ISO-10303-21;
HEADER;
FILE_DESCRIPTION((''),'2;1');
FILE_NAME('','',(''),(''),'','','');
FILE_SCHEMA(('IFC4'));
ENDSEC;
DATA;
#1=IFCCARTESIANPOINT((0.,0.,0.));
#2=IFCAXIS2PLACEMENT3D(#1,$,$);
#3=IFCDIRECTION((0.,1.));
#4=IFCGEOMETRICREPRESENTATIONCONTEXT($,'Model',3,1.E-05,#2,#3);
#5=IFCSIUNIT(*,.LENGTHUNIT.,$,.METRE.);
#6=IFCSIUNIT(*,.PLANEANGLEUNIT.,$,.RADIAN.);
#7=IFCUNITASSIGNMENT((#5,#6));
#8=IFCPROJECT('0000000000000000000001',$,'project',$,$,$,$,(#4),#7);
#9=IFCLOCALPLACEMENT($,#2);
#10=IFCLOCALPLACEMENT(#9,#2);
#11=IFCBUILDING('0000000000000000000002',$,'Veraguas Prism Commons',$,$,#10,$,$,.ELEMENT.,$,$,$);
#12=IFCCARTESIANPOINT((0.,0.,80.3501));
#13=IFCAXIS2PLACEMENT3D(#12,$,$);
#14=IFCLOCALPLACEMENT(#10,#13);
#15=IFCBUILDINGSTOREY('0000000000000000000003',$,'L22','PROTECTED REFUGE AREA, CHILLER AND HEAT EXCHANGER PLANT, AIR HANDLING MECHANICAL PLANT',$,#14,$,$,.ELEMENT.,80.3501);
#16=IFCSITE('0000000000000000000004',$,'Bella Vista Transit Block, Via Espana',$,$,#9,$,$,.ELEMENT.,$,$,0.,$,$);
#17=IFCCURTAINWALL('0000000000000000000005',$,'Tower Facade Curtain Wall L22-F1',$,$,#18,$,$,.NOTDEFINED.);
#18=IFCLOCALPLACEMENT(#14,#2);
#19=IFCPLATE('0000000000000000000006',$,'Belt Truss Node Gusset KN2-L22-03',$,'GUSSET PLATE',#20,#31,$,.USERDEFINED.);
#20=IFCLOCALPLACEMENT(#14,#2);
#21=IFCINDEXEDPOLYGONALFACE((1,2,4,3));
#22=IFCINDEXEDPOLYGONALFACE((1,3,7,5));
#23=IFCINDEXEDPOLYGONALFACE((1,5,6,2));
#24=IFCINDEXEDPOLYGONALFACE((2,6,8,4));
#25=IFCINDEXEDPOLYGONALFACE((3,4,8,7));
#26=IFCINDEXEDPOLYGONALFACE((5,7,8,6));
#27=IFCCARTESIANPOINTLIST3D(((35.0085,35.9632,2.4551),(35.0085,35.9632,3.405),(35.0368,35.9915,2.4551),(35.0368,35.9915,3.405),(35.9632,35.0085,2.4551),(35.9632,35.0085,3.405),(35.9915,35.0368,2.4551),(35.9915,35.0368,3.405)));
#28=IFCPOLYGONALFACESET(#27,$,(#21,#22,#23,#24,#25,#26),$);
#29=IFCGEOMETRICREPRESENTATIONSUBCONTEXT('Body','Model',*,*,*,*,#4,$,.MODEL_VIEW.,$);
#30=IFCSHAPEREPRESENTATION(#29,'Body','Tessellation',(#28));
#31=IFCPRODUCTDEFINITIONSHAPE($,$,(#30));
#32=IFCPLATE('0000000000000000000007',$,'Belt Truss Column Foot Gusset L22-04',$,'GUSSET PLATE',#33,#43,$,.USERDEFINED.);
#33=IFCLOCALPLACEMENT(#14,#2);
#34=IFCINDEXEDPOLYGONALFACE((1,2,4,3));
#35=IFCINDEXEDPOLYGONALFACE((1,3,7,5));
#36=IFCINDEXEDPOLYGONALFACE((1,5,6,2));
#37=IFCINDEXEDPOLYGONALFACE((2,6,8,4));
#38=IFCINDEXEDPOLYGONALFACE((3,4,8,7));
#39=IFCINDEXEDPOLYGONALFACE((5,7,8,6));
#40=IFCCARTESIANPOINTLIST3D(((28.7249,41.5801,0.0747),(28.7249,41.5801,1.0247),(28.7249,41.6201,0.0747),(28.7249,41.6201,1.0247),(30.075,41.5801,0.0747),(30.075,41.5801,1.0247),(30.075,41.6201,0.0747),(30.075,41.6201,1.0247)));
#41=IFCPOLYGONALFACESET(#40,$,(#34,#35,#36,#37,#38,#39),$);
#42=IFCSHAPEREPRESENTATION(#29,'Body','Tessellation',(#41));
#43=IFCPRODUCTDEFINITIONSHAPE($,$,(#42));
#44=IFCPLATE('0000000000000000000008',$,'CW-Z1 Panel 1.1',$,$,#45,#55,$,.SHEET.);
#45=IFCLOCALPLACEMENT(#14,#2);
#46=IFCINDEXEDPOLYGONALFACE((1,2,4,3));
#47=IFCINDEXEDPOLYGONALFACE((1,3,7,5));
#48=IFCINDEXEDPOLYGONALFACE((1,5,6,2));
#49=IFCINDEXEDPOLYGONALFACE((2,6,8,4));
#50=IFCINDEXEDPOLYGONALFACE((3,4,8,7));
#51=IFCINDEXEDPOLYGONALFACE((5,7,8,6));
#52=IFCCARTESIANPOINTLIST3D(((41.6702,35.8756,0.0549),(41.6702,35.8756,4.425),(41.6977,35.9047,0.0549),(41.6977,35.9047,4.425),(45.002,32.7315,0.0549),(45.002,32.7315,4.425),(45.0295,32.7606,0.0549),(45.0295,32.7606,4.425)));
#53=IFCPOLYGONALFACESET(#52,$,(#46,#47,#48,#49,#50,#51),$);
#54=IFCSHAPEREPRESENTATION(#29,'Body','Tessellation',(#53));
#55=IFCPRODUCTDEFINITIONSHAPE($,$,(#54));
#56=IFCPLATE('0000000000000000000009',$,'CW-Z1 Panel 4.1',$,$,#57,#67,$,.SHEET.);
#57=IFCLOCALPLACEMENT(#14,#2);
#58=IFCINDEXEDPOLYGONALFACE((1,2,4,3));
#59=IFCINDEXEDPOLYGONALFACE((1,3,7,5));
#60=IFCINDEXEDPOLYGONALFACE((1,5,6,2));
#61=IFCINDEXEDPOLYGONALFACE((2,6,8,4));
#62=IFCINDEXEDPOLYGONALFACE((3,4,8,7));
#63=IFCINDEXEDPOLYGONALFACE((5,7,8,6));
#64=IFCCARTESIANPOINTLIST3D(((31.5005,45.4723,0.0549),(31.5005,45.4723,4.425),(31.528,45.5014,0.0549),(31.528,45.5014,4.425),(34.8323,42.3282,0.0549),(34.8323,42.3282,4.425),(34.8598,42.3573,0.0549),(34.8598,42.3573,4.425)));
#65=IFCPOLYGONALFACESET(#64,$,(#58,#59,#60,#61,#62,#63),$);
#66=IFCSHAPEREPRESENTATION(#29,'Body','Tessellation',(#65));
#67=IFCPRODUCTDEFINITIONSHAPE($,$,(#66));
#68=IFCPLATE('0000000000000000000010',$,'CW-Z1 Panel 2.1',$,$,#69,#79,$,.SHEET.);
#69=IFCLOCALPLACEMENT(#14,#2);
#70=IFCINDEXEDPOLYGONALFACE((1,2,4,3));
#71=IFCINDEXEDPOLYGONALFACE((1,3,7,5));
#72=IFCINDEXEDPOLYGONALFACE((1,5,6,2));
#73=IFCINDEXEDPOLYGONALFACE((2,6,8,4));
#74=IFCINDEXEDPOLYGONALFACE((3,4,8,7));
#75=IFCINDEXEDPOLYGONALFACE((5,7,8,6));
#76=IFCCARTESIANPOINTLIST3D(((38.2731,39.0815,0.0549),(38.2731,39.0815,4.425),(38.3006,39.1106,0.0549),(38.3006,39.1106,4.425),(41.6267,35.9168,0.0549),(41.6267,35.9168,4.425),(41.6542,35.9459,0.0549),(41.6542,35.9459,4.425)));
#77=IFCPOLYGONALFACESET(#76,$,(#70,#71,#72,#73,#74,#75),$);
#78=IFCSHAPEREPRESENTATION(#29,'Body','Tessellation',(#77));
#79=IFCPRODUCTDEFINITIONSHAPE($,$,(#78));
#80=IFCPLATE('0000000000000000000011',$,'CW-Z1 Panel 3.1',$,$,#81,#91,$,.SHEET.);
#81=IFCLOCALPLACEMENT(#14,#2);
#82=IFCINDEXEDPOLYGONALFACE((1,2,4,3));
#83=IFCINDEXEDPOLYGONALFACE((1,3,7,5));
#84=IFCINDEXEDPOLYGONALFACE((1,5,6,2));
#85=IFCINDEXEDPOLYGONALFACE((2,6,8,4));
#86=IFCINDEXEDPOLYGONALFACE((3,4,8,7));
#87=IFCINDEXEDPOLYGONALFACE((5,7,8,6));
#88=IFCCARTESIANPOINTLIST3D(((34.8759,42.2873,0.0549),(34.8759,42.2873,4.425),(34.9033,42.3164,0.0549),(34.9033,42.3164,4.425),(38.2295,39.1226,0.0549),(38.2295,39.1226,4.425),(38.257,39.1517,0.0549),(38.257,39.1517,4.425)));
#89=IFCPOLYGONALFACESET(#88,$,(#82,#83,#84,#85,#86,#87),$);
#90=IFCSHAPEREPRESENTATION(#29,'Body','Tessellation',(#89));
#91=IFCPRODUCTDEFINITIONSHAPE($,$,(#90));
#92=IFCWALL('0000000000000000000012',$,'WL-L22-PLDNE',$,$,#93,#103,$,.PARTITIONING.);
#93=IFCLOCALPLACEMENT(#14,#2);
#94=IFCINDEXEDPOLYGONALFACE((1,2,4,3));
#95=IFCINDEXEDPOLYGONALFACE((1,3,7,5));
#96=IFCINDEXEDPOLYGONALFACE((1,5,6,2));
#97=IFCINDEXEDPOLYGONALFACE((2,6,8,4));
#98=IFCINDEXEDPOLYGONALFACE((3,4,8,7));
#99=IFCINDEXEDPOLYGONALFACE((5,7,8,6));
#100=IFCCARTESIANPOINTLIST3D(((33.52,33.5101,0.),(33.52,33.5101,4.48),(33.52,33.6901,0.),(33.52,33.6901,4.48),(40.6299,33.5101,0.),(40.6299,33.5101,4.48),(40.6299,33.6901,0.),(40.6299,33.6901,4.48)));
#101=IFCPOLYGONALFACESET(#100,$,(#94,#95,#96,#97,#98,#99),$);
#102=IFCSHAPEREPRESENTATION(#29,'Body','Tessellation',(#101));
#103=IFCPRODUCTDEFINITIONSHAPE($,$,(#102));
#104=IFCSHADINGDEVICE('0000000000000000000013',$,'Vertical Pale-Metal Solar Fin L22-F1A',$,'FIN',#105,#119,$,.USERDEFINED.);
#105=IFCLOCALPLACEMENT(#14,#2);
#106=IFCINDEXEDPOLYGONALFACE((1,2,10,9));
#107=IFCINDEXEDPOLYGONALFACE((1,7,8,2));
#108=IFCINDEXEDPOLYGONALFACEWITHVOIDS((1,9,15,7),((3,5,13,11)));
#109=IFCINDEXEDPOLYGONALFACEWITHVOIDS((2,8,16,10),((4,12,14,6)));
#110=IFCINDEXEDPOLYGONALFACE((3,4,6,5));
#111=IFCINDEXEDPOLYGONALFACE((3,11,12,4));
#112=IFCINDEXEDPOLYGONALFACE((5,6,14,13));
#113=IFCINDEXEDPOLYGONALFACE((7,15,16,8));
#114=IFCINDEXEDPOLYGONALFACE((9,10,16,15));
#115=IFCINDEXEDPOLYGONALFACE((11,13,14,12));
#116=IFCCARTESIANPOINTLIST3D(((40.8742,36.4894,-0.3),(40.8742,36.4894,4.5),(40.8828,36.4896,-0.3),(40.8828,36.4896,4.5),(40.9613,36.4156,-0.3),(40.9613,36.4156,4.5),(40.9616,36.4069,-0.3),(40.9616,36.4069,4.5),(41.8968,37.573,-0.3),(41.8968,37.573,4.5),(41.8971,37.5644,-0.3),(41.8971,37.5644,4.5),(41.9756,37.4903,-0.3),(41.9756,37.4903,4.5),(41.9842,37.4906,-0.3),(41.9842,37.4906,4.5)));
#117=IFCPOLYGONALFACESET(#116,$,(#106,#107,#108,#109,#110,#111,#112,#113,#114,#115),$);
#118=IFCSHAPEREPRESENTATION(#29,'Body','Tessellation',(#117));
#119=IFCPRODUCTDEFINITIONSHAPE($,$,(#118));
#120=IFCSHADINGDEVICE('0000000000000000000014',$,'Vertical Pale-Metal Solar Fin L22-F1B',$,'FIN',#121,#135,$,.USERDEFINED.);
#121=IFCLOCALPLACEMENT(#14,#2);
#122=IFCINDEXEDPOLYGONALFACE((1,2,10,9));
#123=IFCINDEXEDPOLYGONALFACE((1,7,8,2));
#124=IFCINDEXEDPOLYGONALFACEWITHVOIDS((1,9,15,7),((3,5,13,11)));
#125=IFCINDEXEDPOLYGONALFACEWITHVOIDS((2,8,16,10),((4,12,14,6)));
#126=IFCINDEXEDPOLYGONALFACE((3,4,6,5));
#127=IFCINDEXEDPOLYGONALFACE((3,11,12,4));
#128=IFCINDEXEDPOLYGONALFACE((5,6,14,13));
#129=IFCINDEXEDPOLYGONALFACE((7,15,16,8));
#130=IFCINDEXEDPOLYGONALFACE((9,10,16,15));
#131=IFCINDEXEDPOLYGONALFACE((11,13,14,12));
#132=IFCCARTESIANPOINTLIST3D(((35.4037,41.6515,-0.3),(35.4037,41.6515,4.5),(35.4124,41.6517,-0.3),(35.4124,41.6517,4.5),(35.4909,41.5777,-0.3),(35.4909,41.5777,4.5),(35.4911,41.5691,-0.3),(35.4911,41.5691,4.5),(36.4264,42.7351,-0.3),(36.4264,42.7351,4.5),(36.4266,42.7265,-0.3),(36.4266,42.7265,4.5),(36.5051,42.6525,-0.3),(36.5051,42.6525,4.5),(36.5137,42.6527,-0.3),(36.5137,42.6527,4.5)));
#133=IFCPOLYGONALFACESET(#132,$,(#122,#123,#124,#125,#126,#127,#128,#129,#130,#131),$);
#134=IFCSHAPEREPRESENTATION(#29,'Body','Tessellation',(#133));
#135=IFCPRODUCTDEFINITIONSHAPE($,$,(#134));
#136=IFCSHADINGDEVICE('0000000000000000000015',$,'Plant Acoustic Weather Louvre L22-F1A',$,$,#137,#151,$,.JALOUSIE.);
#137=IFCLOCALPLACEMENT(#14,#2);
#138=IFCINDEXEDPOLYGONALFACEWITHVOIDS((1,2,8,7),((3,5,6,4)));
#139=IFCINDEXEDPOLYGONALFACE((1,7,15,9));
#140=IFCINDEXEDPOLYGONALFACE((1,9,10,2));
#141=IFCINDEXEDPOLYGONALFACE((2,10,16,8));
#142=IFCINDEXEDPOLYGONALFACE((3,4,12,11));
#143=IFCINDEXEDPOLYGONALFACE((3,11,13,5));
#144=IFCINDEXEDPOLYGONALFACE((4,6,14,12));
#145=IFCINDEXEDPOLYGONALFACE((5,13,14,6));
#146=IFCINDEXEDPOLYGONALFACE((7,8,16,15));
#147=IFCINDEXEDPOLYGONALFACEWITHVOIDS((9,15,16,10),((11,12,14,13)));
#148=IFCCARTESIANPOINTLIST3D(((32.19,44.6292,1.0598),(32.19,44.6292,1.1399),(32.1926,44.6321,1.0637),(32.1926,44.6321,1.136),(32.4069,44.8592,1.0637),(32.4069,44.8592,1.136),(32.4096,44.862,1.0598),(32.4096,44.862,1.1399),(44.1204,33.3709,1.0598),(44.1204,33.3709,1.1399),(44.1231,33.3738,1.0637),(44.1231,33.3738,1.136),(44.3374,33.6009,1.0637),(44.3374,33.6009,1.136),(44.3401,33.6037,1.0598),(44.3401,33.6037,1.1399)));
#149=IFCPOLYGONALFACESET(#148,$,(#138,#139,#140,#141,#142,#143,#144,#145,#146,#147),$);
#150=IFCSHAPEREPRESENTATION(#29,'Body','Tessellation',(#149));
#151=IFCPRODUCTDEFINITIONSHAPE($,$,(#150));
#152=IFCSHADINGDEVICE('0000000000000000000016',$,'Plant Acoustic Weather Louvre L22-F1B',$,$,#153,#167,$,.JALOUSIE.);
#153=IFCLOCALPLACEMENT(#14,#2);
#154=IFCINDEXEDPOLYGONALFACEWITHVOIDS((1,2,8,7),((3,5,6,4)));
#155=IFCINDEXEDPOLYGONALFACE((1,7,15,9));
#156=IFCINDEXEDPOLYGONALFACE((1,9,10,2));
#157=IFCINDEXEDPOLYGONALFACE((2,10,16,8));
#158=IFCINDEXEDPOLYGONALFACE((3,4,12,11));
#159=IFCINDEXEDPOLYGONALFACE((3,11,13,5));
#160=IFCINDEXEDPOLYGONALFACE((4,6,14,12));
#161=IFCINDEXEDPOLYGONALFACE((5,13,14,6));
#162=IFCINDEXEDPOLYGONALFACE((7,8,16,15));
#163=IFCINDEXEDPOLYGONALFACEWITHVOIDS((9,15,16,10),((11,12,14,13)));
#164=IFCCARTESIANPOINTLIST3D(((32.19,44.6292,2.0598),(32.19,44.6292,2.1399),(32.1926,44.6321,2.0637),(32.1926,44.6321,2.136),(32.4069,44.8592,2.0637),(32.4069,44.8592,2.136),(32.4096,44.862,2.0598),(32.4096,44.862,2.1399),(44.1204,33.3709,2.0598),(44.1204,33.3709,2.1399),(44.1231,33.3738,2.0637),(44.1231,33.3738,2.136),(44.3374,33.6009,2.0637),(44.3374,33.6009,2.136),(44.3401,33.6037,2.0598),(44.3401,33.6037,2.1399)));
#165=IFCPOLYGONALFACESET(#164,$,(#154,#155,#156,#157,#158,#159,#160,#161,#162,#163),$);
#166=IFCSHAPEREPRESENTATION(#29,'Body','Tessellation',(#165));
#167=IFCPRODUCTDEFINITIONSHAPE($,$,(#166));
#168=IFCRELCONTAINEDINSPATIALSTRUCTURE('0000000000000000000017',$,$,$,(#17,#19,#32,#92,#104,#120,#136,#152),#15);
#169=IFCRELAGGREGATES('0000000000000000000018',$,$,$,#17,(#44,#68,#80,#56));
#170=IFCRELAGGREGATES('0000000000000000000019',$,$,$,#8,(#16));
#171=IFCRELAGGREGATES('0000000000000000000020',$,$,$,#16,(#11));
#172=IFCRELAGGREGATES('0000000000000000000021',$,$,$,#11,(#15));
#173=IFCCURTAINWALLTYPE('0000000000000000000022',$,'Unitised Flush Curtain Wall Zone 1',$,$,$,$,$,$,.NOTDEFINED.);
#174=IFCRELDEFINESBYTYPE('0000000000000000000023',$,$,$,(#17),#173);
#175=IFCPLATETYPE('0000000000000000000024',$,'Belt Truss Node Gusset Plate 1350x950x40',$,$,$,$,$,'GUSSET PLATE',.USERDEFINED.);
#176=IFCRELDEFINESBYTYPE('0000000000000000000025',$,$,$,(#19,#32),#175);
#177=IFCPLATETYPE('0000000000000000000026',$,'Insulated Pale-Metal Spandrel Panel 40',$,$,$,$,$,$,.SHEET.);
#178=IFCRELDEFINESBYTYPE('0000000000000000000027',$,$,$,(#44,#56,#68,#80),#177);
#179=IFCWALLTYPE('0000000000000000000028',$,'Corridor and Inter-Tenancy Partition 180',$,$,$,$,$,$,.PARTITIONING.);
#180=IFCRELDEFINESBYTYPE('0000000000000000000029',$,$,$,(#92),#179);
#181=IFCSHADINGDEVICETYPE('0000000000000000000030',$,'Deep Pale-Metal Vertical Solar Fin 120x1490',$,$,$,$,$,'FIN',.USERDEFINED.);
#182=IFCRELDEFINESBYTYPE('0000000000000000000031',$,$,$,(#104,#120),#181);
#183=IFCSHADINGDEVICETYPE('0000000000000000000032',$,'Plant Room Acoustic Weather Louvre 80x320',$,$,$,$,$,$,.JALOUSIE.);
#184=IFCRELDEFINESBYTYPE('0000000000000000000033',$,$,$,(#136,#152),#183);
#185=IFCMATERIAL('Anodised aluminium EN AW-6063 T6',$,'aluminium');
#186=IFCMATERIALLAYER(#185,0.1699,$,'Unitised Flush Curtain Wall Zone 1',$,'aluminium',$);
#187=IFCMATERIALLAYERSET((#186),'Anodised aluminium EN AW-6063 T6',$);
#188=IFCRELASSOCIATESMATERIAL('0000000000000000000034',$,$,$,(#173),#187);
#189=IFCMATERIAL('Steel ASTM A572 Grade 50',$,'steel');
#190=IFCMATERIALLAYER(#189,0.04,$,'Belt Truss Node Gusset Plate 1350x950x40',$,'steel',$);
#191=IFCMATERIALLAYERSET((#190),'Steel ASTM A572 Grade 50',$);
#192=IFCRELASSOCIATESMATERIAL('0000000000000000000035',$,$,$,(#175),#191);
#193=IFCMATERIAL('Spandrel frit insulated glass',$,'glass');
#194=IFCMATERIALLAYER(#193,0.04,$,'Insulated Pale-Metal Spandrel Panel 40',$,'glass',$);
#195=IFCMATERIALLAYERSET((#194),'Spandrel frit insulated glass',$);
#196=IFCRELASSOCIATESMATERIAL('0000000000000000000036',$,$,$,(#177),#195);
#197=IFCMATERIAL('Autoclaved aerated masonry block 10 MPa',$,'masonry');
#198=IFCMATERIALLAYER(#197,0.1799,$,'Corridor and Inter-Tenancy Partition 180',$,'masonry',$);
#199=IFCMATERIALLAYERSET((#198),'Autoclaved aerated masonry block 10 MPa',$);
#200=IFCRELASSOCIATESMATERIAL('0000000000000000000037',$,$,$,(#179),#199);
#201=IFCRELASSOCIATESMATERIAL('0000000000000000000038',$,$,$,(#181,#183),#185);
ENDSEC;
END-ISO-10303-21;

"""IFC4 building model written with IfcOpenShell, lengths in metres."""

from ifc_helpers import new_model, si_unit, direction, frame, frame_2d, origin, origin_2d, place, context, subcontext, project, spatial, rectangle, hollow_rectangle, extrude, source, transform, mapped, material, layer, layer_set, material_profile, profile_set, type_object, element, aggregate, save


model = new_model("IFC4")

# Units and contexts
model_context = context("Model", 3, precision=1e-05, world=origin(), true_north=direction((0.0, 1.0)))
body_context = subcontext(model_context, "Body", "Model", "MODEL_VIEW")
ifc_project = project(units=[si_unit("LENGTHUNIT", "METRE"), si_unit("PLANEANGLEUNIT", "RADIAN")], contexts=[model_context])

# Site, building, storey
site_placement = place(None, origin())
site = spatial("IfcSite", under=ifc_project, at=site_placement, Name="Bella Vista Transit Block, Via Espana", CompositionType="ELEMENT", RefElevation=0.0)
building_placement = place(site_placement, origin())
building = spatial("IfcBuilding", under=site, at=building_placement, Name="Veraguas Prism Commons", CompositionType="ELEMENT")
storey_placement = place(building_placement, frame((0.0, 0.0, 80.3501)))
storey = spatial("IfcBuildingStorey", under=building, at=storey_placement, Name="L22", Description="PROTECTED REFUGE AREA, CHILLER AND HEAT EXCHANGER PLANT, AIR HANDLING MECHANICAL PLANT", CompositionType="ELEMENT", Elevation=80.3501)

# Curtain wall
ifc_material_1 = material(Name="Anodised aluminium EN AW-6063 T6", Category="aluminium")
ifc_layer_1 = layer(ifc_material_1, 0.1699, Name="Unitised Flush Curtain Wall Zone 1", Category="aluminium")
ifc_layer_set_1 = layer_set([ifc_layer_1], Name="Anodised aluminium EN AW-6063 T6")
curtain_wall_type = type_object("IfcCurtainWallType", Name="Unitised Flush Curtain Wall Zone 1", PredefinedType="NOTDEFINED", material=ifc_layer_set_1)
curtain_wall_1_placement = place(storey_placement, origin())
curtain_wall_1 = element("IfcCurtainWall", 1, at=curtain_wall_1_placement, inside=storey, type_object=curtain_wall_type, Name="Tower Facade Curtain Wall L22-F1", PredefinedType="NOTDEFINED")

# Plates
ifc_material_2 = material(Name="Steel ASTM A572 Grade 50", Category="steel")
ifc_layer_2 = layer(ifc_material_2, 0.04, Name="Belt Truss Node Gusset Plate 1350x950x40", Category="steel")
ifc_layer_set_2 = layer_set([ifc_layer_2], Name="Steel ASTM A572 Grade 50")
plate_type_1 = type_object("IfcPlateType", Name="Belt Truss Node Gusset Plate 1350x950x40", ElementType="GUSSET PLATE", PredefinedType="USERDEFINED", material=ifc_layer_set_2)
shared_shape_1 = source(origin(), body_context, "Body", "SweptSolid", [
    extrude(rectangle(XDim=1.3501, YDim=0.04, at=origin_2d()), origin(), (0.0, 0.0, 1.0), 0.95),
])
for number, where, z_axis, x_axis, name in (
    (2, (35.5, 35.5, 2.4551), (0.0, 0.0, 1.0), (-0.707107, 0.707107, 0.0), "Belt Truss Node Gusset KN2-L22-03"),
    (3, (29.3999, 41.6001, 0.0747), (0.0, 0.0, 1.0), (-1.0, 0.0, 0.0), "Belt Truss Column Foot Gusset L22-04"),
):
    element("IfcPlate", number, at=place(storey_placement, frame(where, z_axis=z_axis, x_axis=x_axis)), inside=storey, type_object=plate_type_1, Name=name, ObjectType="GUSSET PLATE", PredefinedType="USERDEFINED", context=body_context, shape_type="MappedRepresentation", body=[
        mapped(shared_shape_1, transform((0.0, 0.0, 0.0), scale=1.0)),
    ])

# Plates
ifc_material_3 = material(Name="Spandrel frit insulated glass", Category="glass")
ifc_layer_3 = layer(ifc_material_3, 0.04, Name="Insulated Pale-Metal Spandrel Panel 40", Category="glass")
ifc_layer_set_3 = layer_set([ifc_layer_3], Name="Spandrel frit insulated glass")
plate_type_2 = type_object("IfcPlateType", Name="Insulated Pale-Metal Spandrel Panel 40", PredefinedType="SHEET", material=ifc_layer_set_3)
shared_shape_2 = source(origin(), body_context, "Body", "SweptSolid", [
    extrude(rectangle(XDim=4.5811, YDim=0.04, at=origin_2d()), origin(), (0.0, 0.0, 1.0), 4.3701),
])
plate_1_placement = place(storey_placement, frame((43.3499, 34.3181, 0.0549), z_axis=(0.0, 0.0, 1.0), x_axis=(-0.727295, 0.686325, 0.0)))
plate_1 = element("IfcPlate", 4, at=plate_1_placement, type_object=plate_type_2, Name="CW-Z1 Panel 1.1", PredefinedType="SHEET", context=body_context, shape_type="MappedRepresentation", body=[
    mapped(shared_shape_2, transform((0.0, 0.0, 0.0), scale=1.0)),
])
plate_2_placement = place(storey_placement, frame((33.1802, 43.9148, 0.0549), z_axis=(0.0, 0.0, 1.0), x_axis=(-0.727295, 0.686325, 0.0)))
plate_2 = element("IfcPlate", 5, at=plate_2_placement, type_object=plate_type_2, Name="CW-Z1 Panel 4.1", PredefinedType="SHEET", context=body_context, shape_type="MappedRepresentation", body=[
    mapped(shared_shape_2, transform((0.0, 0.0, 0.0), scale=1.0)),
])
shared_shape_3 = source(origin(), body_context, "Body", "SweptSolid", [
    extrude(rectangle(XDim=4.6111, YDim=0.04, at=origin_2d()), origin(), (0.0, 0.0, 1.0), 4.3701),
])
plate_3_placement = place(storey_placement, frame((39.9636, 37.5137, 0.0549), z_axis=(0.0, 0.0, 1.0), x_axis=(-0.727295, 0.686325, 0.0)))
plate_3 = element("IfcPlate", 6, at=plate_3_placement, type_object=plate_type_2, Name="CW-Z1 Panel 2.1", PredefinedType="SHEET", context=body_context, shape_type="MappedRepresentation", body=[
    mapped(shared_shape_3, transform((0.0, 0.0, 0.0), scale=1.0)),
])
plate_4_placement = place(storey_placement, frame((36.5664, 40.7195, 0.0549), z_axis=(0.0, 0.0, 1.0), x_axis=(-0.727295, 0.686325, 0.0)))
plate_4 = element("IfcPlate", 7, at=plate_4_placement, type_object=plate_type_2, Name="CW-Z1 Panel 3.1", PredefinedType="SHEET", context=body_context, shape_type="MappedRepresentation", body=[
    mapped(shared_shape_3, transform((0.0, 0.0, 0.0), scale=1.0)),
])
aggregate(curtain_wall_1, [plate_1, plate_3, plate_4, plate_2])

# Wall
ifc_material_4 = material(Name="Autoclaved aerated masonry block 10 MPa", Category="masonry")
ifc_layer_4 = layer(ifc_material_4, 0.1799, Name="Corridor and Inter-Tenancy Partition 180", Category="masonry")
ifc_layer_set_4 = layer_set([ifc_layer_4], Name="Autoclaved aerated masonry block 10 MPa")
wall_type = type_object("IfcWallType", Name="Corridor and Inter-Tenancy Partition 180", PredefinedType="PARTITIONING", material=ifc_layer_set_4)
wall_placement = place(storey_placement, frame((33.52, 33.6001, 0.0), z_axis=(0.0, 0.0, 1.0), x_axis=(1.0, 0.0, 0.0)))
element("IfcWall", 8, at=wall_placement, inside=storey, type_object=wall_type, Name="WL-L22-PLDNE", PredefinedType="PARTITIONING", context=body_context, shape_type="SweptSolid", body=[
    extrude(rectangle(XDim=7.1099, YDim=0.1799, at=frame_2d((3.5549, 0.0))), origin(), (0.0, 0.0, 1.0), 4.48),
])

# Shading devices
ifc_material_profile_1 = material_profile(ifc_material_1, hollow_rectangle(XDim=0.1201, YDim=1.49, WallThickness=0.0061, at=origin_2d()), Name="FIN120X1490X6")
ifc_profile_set_1 = profile_set([ifc_material_profile_1], Name="Anodised aluminium EN AW-6063 T6")
shading_device_type_1 = type_object("IfcShadingDeviceType", Name="Deep Pale-Metal Vertical Solar Fin 120x1490", ElementType="FIN", PredefinedType="USERDEFINED", material=ifc_profile_set_1)
for number, where, z_axis, x_axis, name in (
    (9, (41.4292, 36.99, -0.3), (0.0, 0.0, 1.0), (-0.727293, 0.686328, 0.0), "Vertical Pale-Metal Solar Fin L22-F1A"),
    (10, (35.9587, 42.1521, -0.3), (0.0, 0.0, 1.0), (-0.727293, 0.686328, 0.0), "Vertical Pale-Metal Solar Fin L22-F1B"),
):
    element("IfcShadingDevice", number, at=place(storey_placement, frame(where, z_axis=z_axis, x_axis=x_axis)), inside=storey, type_object=shading_device_type_1, Name=name, ObjectType="FIN", PredefinedType="USERDEFINED", context=body_context, shape_type="SweptSolid", body=[
        extrude(hollow_rectangle(XDim=0.1201, YDim=1.49, WallThickness=0.0061, at=origin_2d()), origin(), (0.0, 0.0, 1.0), 4.8),
    ])
ifc_material_profile_2 = material_profile(ifc_material_1, hollow_rectangle(XDim=0.0801, YDim=0.3201, WallThickness=0.0039, at=origin_2d()), Name="LVR80X320X4")
ifc_profile_set_2 = profile_set([ifc_material_profile_2], Name="Anodised aluminium EN AW-6063 T6")
shading_device_type_2 = type_object("IfcShadingDeviceType", Name="Plant Room Acoustic Weather Louvre 80x320", PredefinedType="JALOUSIE", material=ifc_profile_set_2)
for number, where, z_axis, x_axis, name in (
    (11, (44.2302, 33.4873, 1.0999), (-0.727297, 0.686323, 0.0), (0.0, 0.0, 1.0), "Plant Acoustic Weather Louvre L22-F1A"),
    (12, (44.2302, 33.4873, 2.0999), (-0.727297, 0.686323, 0.0), (0.0, 0.0, 1.0), "Plant Acoustic Weather Louvre L22-F1B"),
):
    element("IfcShadingDevice", number, at=place(storey_placement, frame(where, z_axis=z_axis, x_axis=x_axis)), inside=storey, type_object=shading_device_type_2, Name=name, PredefinedType="JALOUSIE", context=body_context, shape_type="SweptSolid", body=[
        extrude(hollow_rectangle(XDim=0.0801, YDim=0.3201, WallThickness=0.0039, at=origin_2d()), origin(), (0.0, 0.0, 1.0), 16.4038),
    ])

save(model, "model.ifc")
